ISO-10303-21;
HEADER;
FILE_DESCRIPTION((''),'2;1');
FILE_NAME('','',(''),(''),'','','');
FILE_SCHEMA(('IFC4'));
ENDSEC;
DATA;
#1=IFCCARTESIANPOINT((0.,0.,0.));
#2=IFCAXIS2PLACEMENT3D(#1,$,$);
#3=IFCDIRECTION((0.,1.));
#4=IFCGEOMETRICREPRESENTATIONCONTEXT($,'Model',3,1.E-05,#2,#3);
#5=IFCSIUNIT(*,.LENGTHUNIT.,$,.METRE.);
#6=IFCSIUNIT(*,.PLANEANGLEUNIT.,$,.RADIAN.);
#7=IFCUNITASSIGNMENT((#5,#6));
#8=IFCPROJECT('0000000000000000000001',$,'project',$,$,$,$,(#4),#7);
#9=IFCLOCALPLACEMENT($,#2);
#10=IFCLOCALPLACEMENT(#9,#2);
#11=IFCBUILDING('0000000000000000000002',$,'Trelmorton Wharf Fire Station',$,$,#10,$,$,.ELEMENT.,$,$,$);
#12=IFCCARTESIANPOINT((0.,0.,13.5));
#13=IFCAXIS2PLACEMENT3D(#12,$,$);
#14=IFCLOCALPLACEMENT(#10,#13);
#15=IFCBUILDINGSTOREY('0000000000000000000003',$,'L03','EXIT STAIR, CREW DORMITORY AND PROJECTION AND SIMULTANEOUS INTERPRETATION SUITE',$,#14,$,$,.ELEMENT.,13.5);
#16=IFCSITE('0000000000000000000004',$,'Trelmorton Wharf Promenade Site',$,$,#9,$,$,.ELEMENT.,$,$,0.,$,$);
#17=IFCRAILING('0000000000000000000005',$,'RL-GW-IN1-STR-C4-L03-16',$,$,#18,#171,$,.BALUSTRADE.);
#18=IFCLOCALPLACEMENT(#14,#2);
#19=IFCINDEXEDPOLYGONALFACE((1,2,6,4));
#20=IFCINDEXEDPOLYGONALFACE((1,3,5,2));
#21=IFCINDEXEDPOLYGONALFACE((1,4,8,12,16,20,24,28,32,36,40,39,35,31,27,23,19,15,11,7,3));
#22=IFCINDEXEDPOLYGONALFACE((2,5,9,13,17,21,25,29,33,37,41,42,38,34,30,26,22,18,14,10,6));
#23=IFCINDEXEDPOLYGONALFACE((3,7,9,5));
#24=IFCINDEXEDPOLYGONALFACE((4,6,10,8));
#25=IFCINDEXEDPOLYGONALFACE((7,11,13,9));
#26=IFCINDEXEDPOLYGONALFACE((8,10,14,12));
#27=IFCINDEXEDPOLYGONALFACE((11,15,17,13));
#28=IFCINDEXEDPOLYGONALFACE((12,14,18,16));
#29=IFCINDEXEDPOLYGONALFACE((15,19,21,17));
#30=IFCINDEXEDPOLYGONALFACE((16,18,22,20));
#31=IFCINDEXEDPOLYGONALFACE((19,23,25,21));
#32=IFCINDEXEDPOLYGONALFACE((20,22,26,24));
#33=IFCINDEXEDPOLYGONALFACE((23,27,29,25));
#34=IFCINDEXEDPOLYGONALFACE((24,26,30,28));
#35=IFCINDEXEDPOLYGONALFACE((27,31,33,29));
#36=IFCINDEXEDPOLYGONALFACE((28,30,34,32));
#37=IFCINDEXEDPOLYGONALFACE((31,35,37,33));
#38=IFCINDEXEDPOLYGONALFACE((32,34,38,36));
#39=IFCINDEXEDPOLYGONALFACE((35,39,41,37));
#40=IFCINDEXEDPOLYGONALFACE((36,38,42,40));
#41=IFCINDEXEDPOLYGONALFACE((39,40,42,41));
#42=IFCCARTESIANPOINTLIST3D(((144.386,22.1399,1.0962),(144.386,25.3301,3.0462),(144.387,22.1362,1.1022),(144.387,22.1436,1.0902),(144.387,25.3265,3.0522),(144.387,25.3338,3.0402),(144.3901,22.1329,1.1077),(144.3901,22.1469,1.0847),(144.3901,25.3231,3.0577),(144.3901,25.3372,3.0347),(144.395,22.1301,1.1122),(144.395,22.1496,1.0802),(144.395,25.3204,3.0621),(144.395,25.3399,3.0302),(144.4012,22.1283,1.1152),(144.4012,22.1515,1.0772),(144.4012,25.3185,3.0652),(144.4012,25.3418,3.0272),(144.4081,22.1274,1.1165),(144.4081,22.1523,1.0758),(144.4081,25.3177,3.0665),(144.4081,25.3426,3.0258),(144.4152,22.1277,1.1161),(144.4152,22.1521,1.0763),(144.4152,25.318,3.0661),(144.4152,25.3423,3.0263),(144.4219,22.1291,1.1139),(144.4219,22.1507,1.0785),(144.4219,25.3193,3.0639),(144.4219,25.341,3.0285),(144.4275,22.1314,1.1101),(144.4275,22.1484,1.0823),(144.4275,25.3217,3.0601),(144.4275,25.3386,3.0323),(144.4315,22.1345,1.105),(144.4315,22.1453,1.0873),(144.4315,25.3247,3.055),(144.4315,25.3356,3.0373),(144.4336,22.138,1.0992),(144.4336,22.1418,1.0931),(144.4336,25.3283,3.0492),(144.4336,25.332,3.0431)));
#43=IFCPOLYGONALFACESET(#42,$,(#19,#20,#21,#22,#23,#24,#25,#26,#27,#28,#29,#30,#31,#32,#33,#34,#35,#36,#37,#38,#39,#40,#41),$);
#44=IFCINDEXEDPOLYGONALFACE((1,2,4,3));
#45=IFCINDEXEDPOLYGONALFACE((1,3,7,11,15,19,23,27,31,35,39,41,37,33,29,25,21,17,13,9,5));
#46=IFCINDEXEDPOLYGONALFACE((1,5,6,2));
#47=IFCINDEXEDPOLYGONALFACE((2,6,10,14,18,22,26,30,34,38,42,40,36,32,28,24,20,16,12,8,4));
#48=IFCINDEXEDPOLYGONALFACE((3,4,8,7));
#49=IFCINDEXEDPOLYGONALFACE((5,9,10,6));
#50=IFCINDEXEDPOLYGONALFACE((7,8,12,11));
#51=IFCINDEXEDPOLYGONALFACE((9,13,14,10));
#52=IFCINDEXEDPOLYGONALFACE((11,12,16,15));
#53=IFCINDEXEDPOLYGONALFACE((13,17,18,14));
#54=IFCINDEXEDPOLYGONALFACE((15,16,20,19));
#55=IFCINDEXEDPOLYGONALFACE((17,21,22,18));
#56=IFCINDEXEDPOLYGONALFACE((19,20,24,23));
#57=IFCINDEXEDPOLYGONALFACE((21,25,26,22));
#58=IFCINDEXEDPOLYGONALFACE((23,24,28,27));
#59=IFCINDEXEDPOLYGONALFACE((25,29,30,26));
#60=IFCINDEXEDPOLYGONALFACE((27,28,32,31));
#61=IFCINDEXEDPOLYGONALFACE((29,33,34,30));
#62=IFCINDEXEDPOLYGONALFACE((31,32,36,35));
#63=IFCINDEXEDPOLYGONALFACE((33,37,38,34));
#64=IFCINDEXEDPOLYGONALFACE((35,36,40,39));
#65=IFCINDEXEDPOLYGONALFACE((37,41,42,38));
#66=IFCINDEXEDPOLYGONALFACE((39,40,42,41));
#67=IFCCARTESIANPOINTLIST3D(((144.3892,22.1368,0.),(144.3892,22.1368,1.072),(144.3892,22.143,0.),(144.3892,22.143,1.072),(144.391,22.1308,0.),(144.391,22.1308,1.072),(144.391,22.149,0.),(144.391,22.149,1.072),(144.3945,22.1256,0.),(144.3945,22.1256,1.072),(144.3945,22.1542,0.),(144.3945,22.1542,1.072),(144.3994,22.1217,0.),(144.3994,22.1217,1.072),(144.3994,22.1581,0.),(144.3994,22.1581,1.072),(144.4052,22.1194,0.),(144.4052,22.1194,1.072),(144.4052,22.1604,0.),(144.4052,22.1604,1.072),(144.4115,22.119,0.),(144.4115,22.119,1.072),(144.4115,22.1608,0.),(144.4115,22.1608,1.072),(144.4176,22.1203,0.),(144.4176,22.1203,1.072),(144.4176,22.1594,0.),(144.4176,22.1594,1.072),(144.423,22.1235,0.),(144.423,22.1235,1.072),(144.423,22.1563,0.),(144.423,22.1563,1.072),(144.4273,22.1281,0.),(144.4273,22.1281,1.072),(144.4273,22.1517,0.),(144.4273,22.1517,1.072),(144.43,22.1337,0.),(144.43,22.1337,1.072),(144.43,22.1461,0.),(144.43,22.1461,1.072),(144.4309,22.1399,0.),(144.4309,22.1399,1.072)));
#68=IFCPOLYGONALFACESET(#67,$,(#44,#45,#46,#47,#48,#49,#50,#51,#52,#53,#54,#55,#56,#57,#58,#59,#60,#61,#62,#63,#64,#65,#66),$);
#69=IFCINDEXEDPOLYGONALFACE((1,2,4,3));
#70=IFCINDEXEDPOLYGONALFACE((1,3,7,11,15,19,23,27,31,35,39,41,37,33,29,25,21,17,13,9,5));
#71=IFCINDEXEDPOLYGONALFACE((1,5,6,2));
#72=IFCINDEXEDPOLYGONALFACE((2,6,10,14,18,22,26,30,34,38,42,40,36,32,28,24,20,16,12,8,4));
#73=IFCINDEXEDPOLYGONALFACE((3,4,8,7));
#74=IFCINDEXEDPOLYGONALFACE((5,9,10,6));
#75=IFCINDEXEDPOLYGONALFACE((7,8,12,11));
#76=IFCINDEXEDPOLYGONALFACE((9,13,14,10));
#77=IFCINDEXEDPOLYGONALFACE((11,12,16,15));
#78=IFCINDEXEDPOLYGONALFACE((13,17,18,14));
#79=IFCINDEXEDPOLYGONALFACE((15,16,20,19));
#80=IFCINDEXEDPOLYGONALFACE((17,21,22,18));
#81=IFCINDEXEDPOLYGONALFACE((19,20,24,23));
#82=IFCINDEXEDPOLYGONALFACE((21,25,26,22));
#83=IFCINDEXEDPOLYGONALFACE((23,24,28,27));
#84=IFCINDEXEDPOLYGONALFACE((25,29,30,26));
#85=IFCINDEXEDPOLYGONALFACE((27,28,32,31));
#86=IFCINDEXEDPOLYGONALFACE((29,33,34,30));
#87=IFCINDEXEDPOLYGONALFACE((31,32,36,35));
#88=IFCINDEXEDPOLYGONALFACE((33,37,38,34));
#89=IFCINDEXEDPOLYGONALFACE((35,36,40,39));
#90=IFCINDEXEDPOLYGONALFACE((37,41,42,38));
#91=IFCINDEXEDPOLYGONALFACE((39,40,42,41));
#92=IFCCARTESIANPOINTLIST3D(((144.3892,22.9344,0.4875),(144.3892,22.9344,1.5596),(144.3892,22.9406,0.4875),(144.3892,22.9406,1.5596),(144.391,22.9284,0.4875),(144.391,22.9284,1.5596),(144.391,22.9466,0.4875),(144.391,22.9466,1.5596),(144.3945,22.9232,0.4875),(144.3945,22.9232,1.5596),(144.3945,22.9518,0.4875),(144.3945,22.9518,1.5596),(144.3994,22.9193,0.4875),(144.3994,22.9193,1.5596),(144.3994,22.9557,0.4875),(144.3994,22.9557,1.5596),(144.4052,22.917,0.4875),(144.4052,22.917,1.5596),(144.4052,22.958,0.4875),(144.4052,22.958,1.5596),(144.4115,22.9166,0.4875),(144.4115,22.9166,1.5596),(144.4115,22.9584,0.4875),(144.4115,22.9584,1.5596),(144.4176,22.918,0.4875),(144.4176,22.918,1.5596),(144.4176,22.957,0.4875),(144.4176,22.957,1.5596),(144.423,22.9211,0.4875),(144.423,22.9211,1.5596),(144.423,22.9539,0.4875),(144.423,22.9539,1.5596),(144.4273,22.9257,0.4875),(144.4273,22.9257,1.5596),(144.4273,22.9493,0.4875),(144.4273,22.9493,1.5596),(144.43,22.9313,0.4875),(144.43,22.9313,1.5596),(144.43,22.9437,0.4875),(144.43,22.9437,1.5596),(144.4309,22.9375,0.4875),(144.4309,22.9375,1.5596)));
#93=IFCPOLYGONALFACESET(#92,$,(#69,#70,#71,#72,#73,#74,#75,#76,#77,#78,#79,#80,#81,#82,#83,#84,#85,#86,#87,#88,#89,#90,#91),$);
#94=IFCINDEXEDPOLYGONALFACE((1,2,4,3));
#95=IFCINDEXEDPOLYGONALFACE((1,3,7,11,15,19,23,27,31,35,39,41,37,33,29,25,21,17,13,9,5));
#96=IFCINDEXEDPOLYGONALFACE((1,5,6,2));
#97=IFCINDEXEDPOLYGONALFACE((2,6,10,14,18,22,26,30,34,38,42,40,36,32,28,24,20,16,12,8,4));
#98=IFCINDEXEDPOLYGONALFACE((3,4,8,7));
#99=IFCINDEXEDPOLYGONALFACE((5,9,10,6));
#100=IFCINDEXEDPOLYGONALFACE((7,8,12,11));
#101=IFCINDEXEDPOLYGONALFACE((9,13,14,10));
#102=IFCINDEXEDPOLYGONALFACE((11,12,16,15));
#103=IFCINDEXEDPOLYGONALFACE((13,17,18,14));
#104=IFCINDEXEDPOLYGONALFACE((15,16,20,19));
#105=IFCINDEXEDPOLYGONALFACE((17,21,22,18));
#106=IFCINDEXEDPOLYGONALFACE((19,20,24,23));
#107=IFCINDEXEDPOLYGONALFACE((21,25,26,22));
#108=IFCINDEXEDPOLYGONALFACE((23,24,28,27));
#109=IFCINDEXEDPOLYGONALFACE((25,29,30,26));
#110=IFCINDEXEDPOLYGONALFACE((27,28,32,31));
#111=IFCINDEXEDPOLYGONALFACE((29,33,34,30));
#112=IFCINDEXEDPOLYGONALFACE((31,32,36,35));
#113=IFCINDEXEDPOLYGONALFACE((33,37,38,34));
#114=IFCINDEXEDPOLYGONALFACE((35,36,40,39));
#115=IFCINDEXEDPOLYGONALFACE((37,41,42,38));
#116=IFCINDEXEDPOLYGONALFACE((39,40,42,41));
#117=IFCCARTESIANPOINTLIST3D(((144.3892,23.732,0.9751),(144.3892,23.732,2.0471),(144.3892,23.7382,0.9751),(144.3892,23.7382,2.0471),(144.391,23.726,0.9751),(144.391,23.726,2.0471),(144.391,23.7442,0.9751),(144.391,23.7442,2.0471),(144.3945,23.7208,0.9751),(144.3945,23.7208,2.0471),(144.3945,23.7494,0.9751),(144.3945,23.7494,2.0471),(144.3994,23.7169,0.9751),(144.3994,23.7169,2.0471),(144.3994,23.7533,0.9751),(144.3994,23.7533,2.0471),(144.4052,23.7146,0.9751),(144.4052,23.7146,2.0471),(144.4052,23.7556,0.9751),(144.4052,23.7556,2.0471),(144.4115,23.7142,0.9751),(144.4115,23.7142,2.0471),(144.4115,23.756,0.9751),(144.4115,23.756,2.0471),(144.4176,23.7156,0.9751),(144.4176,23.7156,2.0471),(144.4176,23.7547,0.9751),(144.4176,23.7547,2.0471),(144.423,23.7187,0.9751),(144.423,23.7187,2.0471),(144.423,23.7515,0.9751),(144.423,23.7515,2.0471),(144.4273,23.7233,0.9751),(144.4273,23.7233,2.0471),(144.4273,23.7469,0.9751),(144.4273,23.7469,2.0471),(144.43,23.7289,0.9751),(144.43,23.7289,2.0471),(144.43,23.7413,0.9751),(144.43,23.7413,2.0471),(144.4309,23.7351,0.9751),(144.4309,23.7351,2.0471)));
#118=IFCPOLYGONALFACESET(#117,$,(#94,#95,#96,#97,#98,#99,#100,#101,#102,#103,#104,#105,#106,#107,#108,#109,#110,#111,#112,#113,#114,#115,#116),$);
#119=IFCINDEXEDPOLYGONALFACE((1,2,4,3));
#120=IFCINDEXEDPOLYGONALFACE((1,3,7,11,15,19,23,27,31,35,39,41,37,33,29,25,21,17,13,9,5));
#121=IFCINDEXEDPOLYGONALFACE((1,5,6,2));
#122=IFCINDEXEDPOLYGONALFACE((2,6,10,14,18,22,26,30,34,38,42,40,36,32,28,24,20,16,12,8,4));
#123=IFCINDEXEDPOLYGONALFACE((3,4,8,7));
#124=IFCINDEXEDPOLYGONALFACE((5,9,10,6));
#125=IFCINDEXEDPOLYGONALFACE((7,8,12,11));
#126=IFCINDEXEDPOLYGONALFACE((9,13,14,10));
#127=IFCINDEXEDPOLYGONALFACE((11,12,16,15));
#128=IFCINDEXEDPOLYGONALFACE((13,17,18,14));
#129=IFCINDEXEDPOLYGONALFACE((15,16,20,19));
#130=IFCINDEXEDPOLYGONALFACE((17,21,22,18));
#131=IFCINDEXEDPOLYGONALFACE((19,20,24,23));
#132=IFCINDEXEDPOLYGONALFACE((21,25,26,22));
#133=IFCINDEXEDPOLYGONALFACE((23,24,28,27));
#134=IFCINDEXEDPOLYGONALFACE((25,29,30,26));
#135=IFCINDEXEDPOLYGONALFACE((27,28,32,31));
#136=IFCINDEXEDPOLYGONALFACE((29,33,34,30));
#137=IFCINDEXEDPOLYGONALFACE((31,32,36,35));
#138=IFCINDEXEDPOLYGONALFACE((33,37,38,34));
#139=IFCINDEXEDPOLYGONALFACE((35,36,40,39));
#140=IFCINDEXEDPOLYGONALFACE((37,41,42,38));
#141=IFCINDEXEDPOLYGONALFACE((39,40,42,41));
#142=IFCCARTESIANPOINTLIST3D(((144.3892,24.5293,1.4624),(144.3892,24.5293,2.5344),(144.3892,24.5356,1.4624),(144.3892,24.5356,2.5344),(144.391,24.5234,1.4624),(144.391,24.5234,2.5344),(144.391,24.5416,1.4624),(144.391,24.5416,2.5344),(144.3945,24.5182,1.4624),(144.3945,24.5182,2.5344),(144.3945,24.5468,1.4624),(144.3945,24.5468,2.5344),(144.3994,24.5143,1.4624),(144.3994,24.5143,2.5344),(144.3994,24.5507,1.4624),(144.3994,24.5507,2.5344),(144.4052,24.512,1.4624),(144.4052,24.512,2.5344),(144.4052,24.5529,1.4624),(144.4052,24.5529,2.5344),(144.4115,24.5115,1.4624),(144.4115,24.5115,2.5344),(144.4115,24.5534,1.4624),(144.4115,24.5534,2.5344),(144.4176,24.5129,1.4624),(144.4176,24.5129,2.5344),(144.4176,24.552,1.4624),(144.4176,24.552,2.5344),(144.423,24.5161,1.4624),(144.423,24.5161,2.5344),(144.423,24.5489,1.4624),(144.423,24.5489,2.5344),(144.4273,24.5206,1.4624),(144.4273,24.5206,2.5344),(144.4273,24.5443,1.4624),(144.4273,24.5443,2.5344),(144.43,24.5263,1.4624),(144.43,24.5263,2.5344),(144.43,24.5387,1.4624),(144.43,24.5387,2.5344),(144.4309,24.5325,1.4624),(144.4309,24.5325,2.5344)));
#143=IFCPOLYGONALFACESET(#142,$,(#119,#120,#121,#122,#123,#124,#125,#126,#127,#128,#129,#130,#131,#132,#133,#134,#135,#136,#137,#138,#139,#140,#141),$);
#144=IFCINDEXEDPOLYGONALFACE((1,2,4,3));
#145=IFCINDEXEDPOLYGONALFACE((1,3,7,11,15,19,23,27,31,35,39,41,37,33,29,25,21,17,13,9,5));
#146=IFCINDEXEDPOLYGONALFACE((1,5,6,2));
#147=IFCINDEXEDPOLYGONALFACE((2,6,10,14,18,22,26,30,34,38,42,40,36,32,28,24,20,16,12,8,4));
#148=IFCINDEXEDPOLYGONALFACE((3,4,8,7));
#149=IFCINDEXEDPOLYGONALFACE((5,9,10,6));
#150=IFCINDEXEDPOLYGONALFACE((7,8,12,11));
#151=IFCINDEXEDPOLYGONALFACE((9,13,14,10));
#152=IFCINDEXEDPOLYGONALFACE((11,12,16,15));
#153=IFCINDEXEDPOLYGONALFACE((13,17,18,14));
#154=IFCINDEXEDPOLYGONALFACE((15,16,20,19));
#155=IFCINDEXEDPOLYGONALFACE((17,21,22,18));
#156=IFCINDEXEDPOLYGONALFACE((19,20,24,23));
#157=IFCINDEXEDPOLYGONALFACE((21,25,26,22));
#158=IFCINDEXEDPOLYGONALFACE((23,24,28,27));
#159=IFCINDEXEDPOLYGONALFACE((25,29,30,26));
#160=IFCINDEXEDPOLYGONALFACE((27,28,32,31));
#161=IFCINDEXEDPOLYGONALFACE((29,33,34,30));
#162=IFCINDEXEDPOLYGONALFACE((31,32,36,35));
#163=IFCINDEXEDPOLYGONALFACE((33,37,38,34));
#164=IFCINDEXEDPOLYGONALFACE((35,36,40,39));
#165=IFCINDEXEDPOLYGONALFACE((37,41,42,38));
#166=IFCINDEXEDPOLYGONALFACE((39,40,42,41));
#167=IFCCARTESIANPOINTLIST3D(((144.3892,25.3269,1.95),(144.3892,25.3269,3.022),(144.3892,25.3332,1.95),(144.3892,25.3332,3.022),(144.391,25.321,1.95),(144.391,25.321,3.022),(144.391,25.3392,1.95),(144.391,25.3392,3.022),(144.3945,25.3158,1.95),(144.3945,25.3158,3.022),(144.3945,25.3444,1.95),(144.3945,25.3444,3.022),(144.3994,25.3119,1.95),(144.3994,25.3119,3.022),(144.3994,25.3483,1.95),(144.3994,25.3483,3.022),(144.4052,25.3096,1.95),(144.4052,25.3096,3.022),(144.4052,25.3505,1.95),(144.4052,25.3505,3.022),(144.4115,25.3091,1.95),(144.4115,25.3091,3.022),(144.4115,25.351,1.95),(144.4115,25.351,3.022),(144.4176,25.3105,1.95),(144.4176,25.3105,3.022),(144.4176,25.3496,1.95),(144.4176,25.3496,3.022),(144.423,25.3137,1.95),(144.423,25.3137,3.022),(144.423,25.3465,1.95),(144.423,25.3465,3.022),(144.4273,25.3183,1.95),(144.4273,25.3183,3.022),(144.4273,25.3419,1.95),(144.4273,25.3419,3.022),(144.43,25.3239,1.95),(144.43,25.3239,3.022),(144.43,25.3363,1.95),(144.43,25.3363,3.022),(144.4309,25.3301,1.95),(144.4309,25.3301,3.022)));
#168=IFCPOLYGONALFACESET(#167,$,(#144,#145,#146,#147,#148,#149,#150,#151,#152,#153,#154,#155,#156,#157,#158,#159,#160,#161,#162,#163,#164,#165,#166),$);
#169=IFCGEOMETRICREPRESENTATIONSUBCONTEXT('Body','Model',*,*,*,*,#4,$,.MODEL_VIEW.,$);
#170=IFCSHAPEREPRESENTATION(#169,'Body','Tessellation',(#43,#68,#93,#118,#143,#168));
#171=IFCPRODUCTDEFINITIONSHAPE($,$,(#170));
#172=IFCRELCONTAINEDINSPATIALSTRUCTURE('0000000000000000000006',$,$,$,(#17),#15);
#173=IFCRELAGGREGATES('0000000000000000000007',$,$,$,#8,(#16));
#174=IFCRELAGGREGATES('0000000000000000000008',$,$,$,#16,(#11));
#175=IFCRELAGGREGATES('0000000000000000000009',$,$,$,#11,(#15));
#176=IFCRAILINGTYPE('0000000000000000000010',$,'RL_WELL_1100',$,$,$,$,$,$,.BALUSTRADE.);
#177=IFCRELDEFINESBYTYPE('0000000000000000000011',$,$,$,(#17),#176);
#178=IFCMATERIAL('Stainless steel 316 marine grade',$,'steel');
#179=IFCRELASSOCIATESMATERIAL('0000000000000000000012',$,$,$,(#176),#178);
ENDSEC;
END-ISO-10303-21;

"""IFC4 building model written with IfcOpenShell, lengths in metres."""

from ifc_helpers import new_model, si_unit, direction, frame, origin, origin_2d, place, context, subcontext, project, spatial, circle, extrude, material, type_object, element, save


model = new_model("IFC4")

# Units and contexts
model_context = context("Model", 3, precision=1e-05, world=origin(), true_north=direction((0.0, 1.0)))
body_context = subcontext(model_context, "Body", "Model", "MODEL_VIEW")
ifc_project = project(units=[si_unit("LENGTHUNIT", "METRE"), si_unit("PLANEANGLEUNIT", "RADIAN")], contexts=[model_context])

# Site, building, storey
site_placement = place(None, origin())
site = spatial("IfcSite", under=ifc_project, at=site_placement, Name="Trelmorton Wharf Promenade Site", CompositionType="ELEMENT", RefElevation=0.0)
building_placement = place(site_placement, origin())
building = spatial("IfcBuilding", under=site, at=building_placement, Name="Trelmorton Wharf Fire Station", CompositionType="ELEMENT")
storey_placement = place(building_placement, frame((0.0, 0.0, 13.5)))
storey = spatial("IfcBuildingStorey", under=building, at=storey_placement, Name="L03", Description="EXIT STAIR, CREW DORMITORY AND PROJECTION AND SIMULTANEOUS INTERPRETATION SUITE", CompositionType="ELEMENT", Elevation=13.5)

# Shared definitions
ifc_material_1 = material(Name="Stainless steel 316 marine grade", Category="steel")

# Railing
railing_type_1 = type_object("IfcRailingType", Name="RL_WELL_1100", PredefinedType="BALUSTRADE", material=ifc_material_1)
railing_1_placement = place(storey_placement, frame((144.4099, 22.1399, 0.0)))
element("IfcRailing", 1, at=railing_1_placement, inside=storey, type_object=railing_type_1, Name="RL-GW-IN1-STR-C4-L03-16", PredefinedType="BALUSTRADE", context=body_context, shape_type="SweptSolid", body=[
    extrude(circle(Radius=0.0239, at=origin_2d()), frame((0.0, 0.0, 1.0962), z_axis=(0.0, 0.853235, 0.521527), x_axis=(-1.0, 0.0, 0.0)), (0.0, 0.0, 1.0), 3.739),
    extrude(circle(Radius=0.021, at=origin_2d()), origin(), (0.0, 0.0, 1.0), 1.072),
    extrude(circle(Radius=0.021, at=origin_2d()), frame((0.0, 0.7976, 0.4875)), (0.0, 0.0, 1.0), 1.072),
    extrude(circle(Radius=0.021, at=origin_2d()), frame((0.0, 1.5952, 0.9751)), (0.0, 0.0, 1.0), 1.072),
    extrude(circle(Radius=0.021, at=origin_2d()), frame((0.0, 2.3926, 1.4624)), (0.0, 0.0, 1.0), 1.072),
    extrude(circle(Radius=0.021, at=origin_2d()), frame((0.0, 3.1902, 1.95)), (0.0, 0.0, 1.0), 1.072),
])

save(model, "model.ifc")
